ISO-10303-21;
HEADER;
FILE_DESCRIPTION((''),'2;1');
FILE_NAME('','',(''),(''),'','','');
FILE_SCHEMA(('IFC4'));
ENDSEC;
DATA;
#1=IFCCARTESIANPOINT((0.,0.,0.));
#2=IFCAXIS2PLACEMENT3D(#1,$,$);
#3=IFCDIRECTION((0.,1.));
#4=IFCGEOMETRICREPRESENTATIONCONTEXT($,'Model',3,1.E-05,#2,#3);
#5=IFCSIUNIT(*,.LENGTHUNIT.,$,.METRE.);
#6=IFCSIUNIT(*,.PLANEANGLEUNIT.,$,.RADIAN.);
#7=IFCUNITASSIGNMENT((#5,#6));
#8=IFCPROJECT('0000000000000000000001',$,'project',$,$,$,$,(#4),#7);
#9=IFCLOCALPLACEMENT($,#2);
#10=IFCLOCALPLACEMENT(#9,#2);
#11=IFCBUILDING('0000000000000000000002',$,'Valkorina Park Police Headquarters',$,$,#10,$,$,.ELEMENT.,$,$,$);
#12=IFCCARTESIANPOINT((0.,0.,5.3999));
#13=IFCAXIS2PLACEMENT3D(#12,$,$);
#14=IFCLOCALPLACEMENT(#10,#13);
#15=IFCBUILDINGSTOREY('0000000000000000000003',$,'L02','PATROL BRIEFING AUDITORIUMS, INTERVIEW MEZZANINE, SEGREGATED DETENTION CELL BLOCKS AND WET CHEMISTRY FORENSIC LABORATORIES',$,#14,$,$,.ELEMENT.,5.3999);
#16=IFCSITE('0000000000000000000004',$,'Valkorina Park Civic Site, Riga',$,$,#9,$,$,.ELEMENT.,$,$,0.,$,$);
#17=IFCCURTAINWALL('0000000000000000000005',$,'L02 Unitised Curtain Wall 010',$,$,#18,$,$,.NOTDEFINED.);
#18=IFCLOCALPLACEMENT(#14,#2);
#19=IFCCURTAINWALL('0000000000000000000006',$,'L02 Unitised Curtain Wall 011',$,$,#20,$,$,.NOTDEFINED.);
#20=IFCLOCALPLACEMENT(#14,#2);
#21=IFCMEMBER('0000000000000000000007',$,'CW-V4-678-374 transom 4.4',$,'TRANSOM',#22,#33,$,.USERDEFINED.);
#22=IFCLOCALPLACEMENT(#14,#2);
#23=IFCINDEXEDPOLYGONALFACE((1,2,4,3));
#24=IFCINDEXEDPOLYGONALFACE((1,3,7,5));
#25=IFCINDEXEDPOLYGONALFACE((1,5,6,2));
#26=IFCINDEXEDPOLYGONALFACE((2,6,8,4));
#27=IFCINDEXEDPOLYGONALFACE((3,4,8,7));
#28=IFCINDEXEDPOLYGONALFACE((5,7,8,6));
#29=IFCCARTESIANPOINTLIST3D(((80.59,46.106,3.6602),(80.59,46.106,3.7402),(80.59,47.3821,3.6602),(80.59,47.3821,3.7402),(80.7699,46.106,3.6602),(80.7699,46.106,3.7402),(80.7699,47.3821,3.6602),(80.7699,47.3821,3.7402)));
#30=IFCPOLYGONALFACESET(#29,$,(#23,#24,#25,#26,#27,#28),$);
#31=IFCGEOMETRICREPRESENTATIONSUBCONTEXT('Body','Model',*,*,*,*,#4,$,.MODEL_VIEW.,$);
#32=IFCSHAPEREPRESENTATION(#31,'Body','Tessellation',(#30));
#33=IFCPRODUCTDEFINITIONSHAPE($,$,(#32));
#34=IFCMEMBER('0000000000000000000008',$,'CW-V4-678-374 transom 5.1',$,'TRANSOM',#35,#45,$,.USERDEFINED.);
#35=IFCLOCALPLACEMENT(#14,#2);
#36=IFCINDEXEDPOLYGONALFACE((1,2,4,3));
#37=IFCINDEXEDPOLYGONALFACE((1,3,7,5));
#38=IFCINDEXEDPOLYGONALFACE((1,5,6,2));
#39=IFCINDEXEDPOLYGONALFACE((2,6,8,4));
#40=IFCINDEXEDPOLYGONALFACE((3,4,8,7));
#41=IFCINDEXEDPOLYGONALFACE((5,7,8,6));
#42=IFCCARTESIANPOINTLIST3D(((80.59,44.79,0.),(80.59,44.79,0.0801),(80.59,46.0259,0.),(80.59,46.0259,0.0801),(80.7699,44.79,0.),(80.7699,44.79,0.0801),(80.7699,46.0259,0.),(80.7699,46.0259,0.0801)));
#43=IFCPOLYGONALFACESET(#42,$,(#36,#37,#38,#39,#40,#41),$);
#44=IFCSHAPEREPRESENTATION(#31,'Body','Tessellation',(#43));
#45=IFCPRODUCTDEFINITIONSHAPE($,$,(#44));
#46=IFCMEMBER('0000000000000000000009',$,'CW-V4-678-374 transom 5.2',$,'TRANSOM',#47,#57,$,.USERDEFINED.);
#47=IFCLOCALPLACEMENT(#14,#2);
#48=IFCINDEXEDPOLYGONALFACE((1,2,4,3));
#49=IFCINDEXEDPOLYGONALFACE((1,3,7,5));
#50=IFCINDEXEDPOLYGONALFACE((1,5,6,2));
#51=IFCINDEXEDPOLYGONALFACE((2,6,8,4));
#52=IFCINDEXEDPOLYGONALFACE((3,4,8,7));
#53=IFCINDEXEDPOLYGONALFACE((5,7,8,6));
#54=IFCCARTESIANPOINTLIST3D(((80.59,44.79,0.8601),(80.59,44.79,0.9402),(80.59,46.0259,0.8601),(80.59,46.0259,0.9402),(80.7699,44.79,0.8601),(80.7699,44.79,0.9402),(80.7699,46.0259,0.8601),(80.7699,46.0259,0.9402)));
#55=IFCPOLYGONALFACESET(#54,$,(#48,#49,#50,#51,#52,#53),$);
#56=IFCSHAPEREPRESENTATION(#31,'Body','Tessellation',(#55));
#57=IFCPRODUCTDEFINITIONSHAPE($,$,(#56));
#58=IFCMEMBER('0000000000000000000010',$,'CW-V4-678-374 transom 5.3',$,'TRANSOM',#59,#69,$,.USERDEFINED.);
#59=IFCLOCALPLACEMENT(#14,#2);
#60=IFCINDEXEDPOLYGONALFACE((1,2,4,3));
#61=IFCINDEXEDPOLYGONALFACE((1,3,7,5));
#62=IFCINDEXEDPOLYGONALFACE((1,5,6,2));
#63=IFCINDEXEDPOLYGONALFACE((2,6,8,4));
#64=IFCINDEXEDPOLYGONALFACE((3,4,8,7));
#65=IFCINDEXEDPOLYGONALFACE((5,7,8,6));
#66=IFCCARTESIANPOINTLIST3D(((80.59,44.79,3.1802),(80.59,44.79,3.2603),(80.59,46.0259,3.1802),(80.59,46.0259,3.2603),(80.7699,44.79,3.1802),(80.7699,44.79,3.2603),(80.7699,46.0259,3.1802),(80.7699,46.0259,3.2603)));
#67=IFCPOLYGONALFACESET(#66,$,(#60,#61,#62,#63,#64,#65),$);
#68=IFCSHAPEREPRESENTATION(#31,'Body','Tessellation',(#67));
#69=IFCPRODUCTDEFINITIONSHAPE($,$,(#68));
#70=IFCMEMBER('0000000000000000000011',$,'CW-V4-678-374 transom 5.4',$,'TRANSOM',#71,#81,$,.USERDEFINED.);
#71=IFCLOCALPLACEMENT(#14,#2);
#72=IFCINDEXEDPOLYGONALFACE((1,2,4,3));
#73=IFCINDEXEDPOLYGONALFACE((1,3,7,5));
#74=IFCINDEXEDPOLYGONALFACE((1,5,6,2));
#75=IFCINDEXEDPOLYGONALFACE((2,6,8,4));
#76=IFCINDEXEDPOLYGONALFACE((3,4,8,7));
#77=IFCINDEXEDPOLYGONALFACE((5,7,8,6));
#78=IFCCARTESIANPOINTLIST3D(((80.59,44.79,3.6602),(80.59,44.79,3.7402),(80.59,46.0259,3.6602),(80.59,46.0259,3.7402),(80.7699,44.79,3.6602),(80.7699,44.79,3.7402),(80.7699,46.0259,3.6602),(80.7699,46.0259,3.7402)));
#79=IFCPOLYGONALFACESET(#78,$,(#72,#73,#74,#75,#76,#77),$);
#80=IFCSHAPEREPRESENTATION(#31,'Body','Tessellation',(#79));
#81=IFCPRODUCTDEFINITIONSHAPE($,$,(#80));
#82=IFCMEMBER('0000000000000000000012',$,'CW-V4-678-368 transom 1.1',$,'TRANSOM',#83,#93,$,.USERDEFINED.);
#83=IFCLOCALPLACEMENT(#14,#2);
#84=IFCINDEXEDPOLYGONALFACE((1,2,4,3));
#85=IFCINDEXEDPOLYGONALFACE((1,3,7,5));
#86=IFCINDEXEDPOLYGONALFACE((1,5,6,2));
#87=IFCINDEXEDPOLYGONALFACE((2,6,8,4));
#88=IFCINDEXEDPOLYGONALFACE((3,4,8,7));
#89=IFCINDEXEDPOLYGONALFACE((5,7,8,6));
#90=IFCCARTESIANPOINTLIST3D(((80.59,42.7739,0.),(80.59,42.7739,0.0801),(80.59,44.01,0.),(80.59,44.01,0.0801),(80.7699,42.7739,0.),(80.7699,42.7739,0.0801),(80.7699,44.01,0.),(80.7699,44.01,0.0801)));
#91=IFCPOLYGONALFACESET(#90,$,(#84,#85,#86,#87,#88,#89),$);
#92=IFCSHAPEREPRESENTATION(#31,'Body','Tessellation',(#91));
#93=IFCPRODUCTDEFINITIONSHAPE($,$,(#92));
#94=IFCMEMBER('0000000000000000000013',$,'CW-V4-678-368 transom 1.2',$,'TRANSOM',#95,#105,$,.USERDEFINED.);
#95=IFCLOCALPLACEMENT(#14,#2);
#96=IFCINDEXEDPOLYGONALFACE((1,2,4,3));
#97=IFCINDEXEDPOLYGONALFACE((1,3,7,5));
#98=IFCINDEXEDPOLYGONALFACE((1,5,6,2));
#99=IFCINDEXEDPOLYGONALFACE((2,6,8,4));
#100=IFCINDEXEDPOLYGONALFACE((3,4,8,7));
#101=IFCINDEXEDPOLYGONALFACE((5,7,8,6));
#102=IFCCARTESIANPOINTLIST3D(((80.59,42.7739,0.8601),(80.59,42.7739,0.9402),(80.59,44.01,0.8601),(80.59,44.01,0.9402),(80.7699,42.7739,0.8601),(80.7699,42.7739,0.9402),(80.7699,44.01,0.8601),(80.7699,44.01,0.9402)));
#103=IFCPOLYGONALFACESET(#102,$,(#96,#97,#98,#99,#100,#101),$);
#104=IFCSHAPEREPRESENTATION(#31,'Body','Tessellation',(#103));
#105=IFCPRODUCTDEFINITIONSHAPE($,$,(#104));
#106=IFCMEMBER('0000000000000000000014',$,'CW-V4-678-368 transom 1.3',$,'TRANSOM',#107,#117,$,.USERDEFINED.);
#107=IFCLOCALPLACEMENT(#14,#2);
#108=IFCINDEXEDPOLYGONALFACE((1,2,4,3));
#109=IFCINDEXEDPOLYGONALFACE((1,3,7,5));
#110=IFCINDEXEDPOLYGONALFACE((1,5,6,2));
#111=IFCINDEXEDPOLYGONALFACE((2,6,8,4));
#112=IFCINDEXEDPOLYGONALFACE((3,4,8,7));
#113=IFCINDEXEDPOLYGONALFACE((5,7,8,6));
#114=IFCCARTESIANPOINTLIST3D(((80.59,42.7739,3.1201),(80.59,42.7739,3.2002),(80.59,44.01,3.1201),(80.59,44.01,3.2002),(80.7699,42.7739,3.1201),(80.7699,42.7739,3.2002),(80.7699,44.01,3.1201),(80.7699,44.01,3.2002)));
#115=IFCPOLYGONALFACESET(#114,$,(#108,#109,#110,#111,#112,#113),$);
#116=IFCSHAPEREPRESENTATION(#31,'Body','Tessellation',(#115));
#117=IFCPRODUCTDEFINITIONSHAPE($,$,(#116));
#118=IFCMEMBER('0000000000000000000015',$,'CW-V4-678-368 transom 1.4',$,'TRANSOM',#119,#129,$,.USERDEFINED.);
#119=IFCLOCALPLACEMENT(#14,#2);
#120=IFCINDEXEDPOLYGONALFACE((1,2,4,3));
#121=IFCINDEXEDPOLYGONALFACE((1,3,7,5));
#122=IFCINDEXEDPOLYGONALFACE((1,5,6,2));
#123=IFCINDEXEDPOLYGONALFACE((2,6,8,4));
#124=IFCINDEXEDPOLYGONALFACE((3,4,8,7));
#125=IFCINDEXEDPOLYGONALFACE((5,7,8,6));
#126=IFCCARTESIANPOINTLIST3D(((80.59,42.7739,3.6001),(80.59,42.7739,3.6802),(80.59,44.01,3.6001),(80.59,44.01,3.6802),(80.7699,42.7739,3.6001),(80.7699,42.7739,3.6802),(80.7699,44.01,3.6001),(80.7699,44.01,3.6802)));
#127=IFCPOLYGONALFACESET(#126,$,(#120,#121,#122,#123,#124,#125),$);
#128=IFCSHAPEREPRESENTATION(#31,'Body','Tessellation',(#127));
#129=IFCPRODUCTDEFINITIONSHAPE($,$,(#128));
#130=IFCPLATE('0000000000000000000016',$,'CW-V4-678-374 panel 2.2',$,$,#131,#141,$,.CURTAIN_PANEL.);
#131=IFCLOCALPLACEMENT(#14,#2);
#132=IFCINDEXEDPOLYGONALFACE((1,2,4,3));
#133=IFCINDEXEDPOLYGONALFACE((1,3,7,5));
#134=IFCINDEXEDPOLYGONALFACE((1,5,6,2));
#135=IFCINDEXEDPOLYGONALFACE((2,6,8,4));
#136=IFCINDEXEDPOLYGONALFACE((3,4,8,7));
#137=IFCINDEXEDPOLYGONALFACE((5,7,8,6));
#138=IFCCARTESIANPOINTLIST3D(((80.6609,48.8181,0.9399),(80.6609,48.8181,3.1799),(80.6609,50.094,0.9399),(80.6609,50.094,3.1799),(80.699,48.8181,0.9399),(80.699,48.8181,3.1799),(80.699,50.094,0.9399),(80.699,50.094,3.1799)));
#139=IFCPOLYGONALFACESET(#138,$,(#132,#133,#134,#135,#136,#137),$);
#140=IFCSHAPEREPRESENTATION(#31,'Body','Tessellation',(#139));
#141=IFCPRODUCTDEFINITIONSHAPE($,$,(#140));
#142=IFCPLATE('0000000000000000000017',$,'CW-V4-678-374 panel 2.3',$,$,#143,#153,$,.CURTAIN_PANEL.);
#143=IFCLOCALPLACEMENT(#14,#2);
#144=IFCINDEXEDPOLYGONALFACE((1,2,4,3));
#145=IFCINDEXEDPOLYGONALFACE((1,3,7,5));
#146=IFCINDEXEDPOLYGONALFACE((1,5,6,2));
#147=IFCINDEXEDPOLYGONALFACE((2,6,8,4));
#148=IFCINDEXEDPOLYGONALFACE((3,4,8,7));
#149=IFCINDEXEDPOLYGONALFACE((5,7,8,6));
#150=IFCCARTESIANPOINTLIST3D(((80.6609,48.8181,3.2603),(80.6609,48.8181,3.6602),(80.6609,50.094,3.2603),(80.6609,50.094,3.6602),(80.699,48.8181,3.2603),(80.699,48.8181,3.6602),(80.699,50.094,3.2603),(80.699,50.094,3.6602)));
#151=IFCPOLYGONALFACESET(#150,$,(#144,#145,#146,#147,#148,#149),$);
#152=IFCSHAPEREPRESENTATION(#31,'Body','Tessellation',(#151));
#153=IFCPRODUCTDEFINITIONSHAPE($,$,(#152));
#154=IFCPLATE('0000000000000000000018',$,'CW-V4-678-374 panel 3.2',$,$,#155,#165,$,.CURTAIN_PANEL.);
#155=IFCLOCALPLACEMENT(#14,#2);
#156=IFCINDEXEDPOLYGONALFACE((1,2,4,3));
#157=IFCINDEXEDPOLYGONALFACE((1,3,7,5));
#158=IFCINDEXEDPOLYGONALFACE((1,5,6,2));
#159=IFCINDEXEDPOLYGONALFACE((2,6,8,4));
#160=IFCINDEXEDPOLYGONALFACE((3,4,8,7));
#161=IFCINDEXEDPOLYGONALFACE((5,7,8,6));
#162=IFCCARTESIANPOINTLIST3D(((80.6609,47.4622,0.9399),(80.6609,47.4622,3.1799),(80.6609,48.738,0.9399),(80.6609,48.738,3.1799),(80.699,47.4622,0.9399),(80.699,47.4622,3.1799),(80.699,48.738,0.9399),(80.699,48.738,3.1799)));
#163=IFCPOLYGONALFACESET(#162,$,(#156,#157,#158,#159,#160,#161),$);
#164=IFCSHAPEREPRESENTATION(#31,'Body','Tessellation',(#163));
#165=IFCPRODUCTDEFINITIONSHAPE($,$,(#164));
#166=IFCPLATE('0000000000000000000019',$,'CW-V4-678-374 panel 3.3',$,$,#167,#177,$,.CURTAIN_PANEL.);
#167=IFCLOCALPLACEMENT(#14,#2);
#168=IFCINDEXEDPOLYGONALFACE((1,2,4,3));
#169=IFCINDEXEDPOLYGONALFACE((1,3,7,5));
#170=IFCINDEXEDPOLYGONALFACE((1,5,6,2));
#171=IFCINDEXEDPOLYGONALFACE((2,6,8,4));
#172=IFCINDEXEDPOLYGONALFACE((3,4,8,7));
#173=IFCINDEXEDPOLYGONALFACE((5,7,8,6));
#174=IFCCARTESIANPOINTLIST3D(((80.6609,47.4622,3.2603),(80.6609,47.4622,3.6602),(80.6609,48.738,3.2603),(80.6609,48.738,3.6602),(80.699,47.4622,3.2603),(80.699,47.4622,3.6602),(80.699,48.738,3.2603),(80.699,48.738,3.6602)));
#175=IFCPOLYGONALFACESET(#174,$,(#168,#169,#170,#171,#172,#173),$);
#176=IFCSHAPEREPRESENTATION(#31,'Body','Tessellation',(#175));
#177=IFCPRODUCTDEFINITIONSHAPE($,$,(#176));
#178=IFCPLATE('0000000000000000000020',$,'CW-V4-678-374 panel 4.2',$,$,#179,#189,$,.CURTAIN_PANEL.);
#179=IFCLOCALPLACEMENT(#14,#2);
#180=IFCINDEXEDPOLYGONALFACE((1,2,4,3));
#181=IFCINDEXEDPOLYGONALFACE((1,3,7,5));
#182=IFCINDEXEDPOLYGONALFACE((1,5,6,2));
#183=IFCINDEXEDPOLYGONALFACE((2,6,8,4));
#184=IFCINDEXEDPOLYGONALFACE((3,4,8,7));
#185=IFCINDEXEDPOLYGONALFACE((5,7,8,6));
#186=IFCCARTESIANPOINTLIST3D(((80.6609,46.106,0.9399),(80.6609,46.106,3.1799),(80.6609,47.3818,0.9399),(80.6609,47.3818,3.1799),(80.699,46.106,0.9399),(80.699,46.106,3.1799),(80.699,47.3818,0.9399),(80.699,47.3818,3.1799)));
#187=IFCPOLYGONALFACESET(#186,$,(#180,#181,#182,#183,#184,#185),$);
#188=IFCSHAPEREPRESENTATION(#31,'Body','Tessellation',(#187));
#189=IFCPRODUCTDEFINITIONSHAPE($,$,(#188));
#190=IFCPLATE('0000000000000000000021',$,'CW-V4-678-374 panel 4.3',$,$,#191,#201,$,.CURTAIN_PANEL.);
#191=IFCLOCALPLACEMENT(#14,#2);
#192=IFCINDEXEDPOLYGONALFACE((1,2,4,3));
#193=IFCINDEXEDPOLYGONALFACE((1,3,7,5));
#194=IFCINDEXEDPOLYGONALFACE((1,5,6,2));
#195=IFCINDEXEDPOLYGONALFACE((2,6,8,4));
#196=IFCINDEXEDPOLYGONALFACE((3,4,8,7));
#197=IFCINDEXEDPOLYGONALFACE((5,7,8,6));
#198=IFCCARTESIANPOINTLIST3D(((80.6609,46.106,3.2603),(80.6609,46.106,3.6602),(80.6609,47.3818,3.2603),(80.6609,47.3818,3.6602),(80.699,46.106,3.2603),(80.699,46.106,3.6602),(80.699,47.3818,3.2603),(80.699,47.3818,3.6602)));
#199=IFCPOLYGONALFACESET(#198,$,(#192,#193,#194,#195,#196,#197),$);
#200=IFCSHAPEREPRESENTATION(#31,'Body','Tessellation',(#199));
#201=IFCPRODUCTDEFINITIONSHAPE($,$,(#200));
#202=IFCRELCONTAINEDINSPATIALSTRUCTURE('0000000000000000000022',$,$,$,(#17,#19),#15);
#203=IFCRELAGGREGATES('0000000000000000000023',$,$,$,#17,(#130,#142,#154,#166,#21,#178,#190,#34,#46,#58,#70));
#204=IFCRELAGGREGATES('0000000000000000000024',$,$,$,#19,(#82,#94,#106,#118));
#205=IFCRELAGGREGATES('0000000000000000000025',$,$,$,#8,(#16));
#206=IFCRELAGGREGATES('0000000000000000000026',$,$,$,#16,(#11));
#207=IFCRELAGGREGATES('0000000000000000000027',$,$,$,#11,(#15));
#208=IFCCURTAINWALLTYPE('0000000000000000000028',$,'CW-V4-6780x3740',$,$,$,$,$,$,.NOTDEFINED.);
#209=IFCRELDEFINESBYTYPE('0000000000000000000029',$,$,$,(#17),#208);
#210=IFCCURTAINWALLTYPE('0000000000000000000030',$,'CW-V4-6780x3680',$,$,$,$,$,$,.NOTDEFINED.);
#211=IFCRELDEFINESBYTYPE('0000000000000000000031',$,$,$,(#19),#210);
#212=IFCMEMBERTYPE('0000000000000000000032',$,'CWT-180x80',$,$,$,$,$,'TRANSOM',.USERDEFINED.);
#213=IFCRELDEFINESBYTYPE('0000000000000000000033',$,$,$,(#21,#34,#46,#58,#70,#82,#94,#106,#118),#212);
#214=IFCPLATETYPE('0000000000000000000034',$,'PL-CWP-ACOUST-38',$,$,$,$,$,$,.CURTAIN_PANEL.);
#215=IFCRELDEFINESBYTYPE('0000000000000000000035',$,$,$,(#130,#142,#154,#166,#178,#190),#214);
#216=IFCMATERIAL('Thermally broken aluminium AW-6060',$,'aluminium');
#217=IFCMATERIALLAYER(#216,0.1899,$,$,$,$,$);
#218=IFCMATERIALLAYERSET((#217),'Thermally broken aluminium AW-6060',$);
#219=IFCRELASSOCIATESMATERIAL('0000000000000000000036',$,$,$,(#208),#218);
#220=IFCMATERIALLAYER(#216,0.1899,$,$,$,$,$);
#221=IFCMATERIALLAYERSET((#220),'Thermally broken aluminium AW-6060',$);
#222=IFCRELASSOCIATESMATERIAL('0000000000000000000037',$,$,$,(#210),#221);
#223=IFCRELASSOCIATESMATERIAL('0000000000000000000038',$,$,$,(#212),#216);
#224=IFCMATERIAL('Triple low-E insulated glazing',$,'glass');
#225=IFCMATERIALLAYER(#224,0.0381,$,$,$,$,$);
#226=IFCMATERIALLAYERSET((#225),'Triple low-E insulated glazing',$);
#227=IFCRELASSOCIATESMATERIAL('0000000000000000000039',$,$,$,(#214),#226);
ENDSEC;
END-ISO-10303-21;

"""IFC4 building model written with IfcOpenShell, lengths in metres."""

from ifc_helpers import new_model, si_unit, direction, frame, origin, origin_2d, place, context, subcontext, project, spatial, rectangle, extrude, material, layer, layer_set, material_profile, profile_set, type_object, element, aggregate, save


model = new_model("IFC4")

# Units and contexts
model_context = context("Model", 3, precision=1e-05, world=origin(), true_north=direction((0.0, 1.0)))
body_context = subcontext(model_context, "Body", "Model", "MODEL_VIEW")
ifc_project = project(units=[si_unit("LENGTHUNIT", "METRE"), si_unit("PLANEANGLEUNIT", "RADIAN")], contexts=[model_context])

# Site, building, storey
site_placement = place(None, origin())
site = spatial("IfcSite", under=ifc_project, at=site_placement, Name="Valkorina Park Civic Site, Riga", CompositionType="ELEMENT", RefElevation=0.0)
building_placement = place(site_placement, origin())
building = spatial("IfcBuilding", under=site, at=building_placement, Name="Valkorina Park Police Headquarters", CompositionType="ELEMENT")
storey_placement = place(building_placement, frame((0.0, 0.0, 5.3999)))
storey = spatial("IfcBuildingStorey", under=building, at=storey_placement, Name="L02", Description="PATROL BRIEFING AUDITORIUMS, INTERVIEW MEZZANINE, SEGREGATED DETENTION CELL BLOCKS AND WET CHEMISTRY FORENSIC LABORATORIES", CompositionType="ELEMENT", Elevation=5.3999)

# Curtain walls
ifc_material_1 = material(Name="Thermally broken aluminium AW-6060", Category="aluminium")
ifc_layer_1 = layer(ifc_material_1, 0.1899)
ifc_layer_set_1 = layer_set([ifc_layer_1], Name="Thermally broken aluminium AW-6060")
curtain_wall_type_1 = type_object("IfcCurtainWallType", Name="CW-V4-6780x3740", PredefinedType="NOTDEFINED", material=ifc_layer_set_1)
curtain_wall_1_placement = place(storey_placement, origin())
curtain_wall_1 = element("IfcCurtainWall", 1, at=curtain_wall_1_placement, inside=storey, type_object=curtain_wall_type_1, Name="L02 Unitised Curtain Wall 010", PredefinedType="NOTDEFINED")
ifc_layer_2 = layer(ifc_material_1, 0.1899)
ifc_layer_set_2 = layer_set([ifc_layer_2], Name="Thermally broken aluminium AW-6060")
curtain_wall_type_2 = type_object("IfcCurtainWallType", Name="CW-V4-6780x3680", PredefinedType="NOTDEFINED", material=ifc_layer_set_2)
curtain_wall_2_placement = place(storey_placement, origin())
curtain_wall_2 = element("IfcCurtainWall", 2, at=curtain_wall_2_placement, inside=storey, type_object=curtain_wall_type_2, Name="L02 Unitised Curtain Wall 011", PredefinedType="NOTDEFINED")

# Members
ifc_material_profile_1 = material_profile(ifc_material_1, rectangle(XDim=0.1799, YDim=0.0801, at=origin_2d()), Name="CWT-03 180x80")
ifc_profile_set_1 = profile_set([ifc_material_profile_1], Name="Thermally broken aluminium AW-6060")
member_type_1 = type_object("IfcMemberType", Name="CWT-180x80", ElementType="TRANSOM", PredefinedType="USERDEFINED", material=ifc_profile_set_1)
member_1_placement = place(storey_placement, frame((80.6799, 47.3821, 3.7002), z_axis=(0.0, -1.0, 0.0), x_axis=(1.0, 0.0, 0.0)))
member_1 = element("IfcMember", 3, at=member_1_placement, type_object=member_type_1, Name="CW-V4-678-374 transom 4.4", ObjectType="TRANSOM", PredefinedType="USERDEFINED", context=body_context, shape_type="SweptSolid", body=[
    extrude(rectangle(XDim=0.1799, YDim=0.0801, at=origin_2d()), origin(), (0.0, 0.0, 1.0), 1.2761),
])
member_2_placement = place(storey_placement, frame((80.6799, 46.0259, 0.04), z_axis=(0.0, -1.0, 0.0), x_axis=(1.0, 0.0, 0.0)))
member_2 = element("IfcMember", 4, at=member_2_placement, type_object=member_type_1, Name="CW-V4-678-374 transom 5.1", ObjectType="TRANSOM", PredefinedType="USERDEFINED", context=body_context, shape_type="SweptSolid", body=[
    extrude(rectangle(XDim=0.1799, YDim=0.0801, at=origin_2d()), origin(), (0.0, 0.0, 1.0), 1.2358),
])
member_3_placement = place(storey_placement, frame((80.6799, 46.0259, 0.9001), z_axis=(0.0, -1.0, 0.0), x_axis=(1.0, 0.0, 0.0)))
member_3 = element("IfcMember", 5, at=member_3_placement, type_object=member_type_1, Name="CW-V4-678-374 transom 5.2", ObjectType="TRANSOM", PredefinedType="USERDEFINED", context=body_context, shape_type="SweptSolid", body=[
    extrude(rectangle(XDim=0.1799, YDim=0.0801, at=origin_2d()), origin(), (0.0, 0.0, 1.0), 1.2358),
])
member_4_placement = place(storey_placement, frame((80.6799, 46.0259, 3.2202), z_axis=(0.0, -1.0, 0.0), x_axis=(1.0, 0.0, 0.0)))
member_4 = element("IfcMember", 6, at=member_4_placement, type_object=member_type_1, Name="CW-V4-678-374 transom 5.3", ObjectType="TRANSOM", PredefinedType="USERDEFINED", context=body_context, shape_type="SweptSolid", body=[
    extrude(rectangle(XDim=0.1799, YDim=0.0801, at=origin_2d()), origin(), (0.0, 0.0, 1.0), 1.2358),
])
member_5_placement = place(storey_placement, frame((80.6799, 46.0259, 3.7002), z_axis=(0.0, -1.0, 0.0), x_axis=(1.0, 0.0, 0.0)))
member_5 = element("IfcMember", 7, at=member_5_placement, type_object=member_type_1, Name="CW-V4-678-374 transom 5.4", ObjectType="TRANSOM", PredefinedType="USERDEFINED", context=body_context, shape_type="SweptSolid", body=[
    extrude(rectangle(XDim=0.1799, YDim=0.0801, at=origin_2d()), origin(), (0.0, 0.0, 1.0), 1.2358),
])
member_6_placement = place(storey_placement, frame((80.6799, 44.01, 0.04), z_axis=(0.0, -1.0, 0.0), x_axis=(1.0, 0.0, 0.0)))
member_6 = element("IfcMember", 8, at=member_6_placement, type_object=member_type_1, Name="CW-V4-678-368 transom 1.1", ObjectType="TRANSOM", PredefinedType="USERDEFINED", context=body_context, shape_type="SweptSolid", body=[
    extrude(rectangle(XDim=0.1799, YDim=0.0801, at=origin_2d()), origin(), (0.0, 0.0, 1.0), 1.2361),
])
member_7_placement = place(storey_placement, frame((80.6799, 44.01, 0.9001), z_axis=(0.0, -1.0, 0.0), x_axis=(1.0, 0.0, 0.0)))
member_7 = element("IfcMember", 9, at=member_7_placement, type_object=member_type_1, Name="CW-V4-678-368 transom 1.2", ObjectType="TRANSOM", PredefinedType="USERDEFINED", context=body_context, shape_type="SweptSolid", body=[
    extrude(rectangle(XDim=0.1799, YDim=0.0801, at=origin_2d()), origin(), (0.0, 0.0, 1.0), 1.2361),
])
member_8_placement = place(storey_placement, frame((80.6799, 44.01, 3.1602), z_axis=(0.0, -1.0, 0.0), x_axis=(1.0, 0.0, 0.0)))
member_8 = element("IfcMember", 10, at=member_8_placement, type_object=member_type_1, Name="CW-V4-678-368 transom 1.3", ObjectType="TRANSOM", PredefinedType="USERDEFINED", context=body_context, shape_type="SweptSolid", body=[
    extrude(rectangle(XDim=0.1799, YDim=0.0801, at=origin_2d()), origin(), (0.0, 0.0, 1.0), 1.2361),
])
member_9_placement = place(storey_placement, frame((80.6799, 44.01, 3.6401), z_axis=(0.0, -1.0, 0.0), x_axis=(1.0, 0.0, 0.0)))
member_9 = element("IfcMember", 11, at=member_9_placement, type_object=member_type_1, Name="CW-V4-678-368 transom 1.4", ObjectType="TRANSOM", PredefinedType="USERDEFINED", context=body_context, shape_type="SweptSolid", body=[
    extrude(rectangle(XDim=0.1799, YDim=0.0801, at=origin_2d()), origin(), (0.0, 0.0, 1.0), 1.2361),
])

# Plates
ifc_material_2 = material(Name="Triple low-E insulated glazing", Category="glass")
ifc_layer_3 = layer(ifc_material_2, 0.0381)
ifc_layer_set_3 = layer_set([ifc_layer_3], Name="Triple low-E insulated glazing")
plate_type_1 = type_object("IfcPlateType", Name="PL-CWP-ACOUST-38", PredefinedType="CURTAIN_PANEL", material=ifc_layer_set_3)
plate_1_placement = place(storey_placement, frame((80.6799, 49.4561, 0.9399), z_axis=(0.0, 0.0, 1.0), x_axis=(0.0, -1.0, 0.0)))
plate_1 = element("IfcPlate", 12, at=plate_1_placement, type_object=plate_type_1, Name="CW-V4-678-374 panel 2.2", PredefinedType="CURTAIN_PANEL", context=body_context, shape_type="SweptSolid", body=[
    extrude(rectangle(XDim=1.2759, YDim=0.0381, at=origin_2d()), origin(), (0.0, 0.0, 1.0), 2.24),
])
plate_2_placement = place(storey_placement, frame((80.6799, 49.4561, 3.2603), z_axis=(0.0, 0.0, 1.0), x_axis=(0.0, -1.0, 0.0)))
plate_2 = element("IfcPlate", 13, at=plate_2_placement, type_object=plate_type_1, Name="CW-V4-678-374 panel 2.3", PredefinedType="CURTAIN_PANEL", context=body_context, shape_type="SweptSolid", body=[
    extrude(rectangle(XDim=1.2759, YDim=0.0381, at=origin_2d()), origin(), (0.0, 0.0, 1.0), 0.3999),
])
plate_3_placement = place(storey_placement, frame((80.6799, 48.1001, 0.9399), z_axis=(0.0, 0.0, 1.0), x_axis=(0.0, -1.0, 0.0)))
plate_3 = element("IfcPlate", 14, at=plate_3_placement, type_object=plate_type_1, Name="CW-V4-678-374 panel 3.2", PredefinedType="CURTAIN_PANEL", context=body_context, shape_type="SweptSolid", body=[
    extrude(rectangle(XDim=1.2759, YDim=0.0381, at=origin_2d()), origin(), (0.0, 0.0, 1.0), 2.24),
])
plate_4_placement = place(storey_placement, frame((80.6799, 48.1001, 3.2603), z_axis=(0.0, 0.0, 1.0), x_axis=(0.0, -1.0, 0.0)))
plate_4 = element("IfcPlate", 15, at=plate_4_placement, type_object=plate_type_1, Name="CW-V4-678-374 panel 3.3", PredefinedType="CURTAIN_PANEL", context=body_context, shape_type="SweptSolid", body=[
    extrude(rectangle(XDim=1.2759, YDim=0.0381, at=origin_2d()), origin(), (0.0, 0.0, 1.0), 0.3999),
])
plate_5_placement = place(storey_placement, frame((80.6799, 46.7439, 0.9399), z_axis=(0.0, 0.0, 1.0), x_axis=(0.0, -1.0, 0.0)))
plate_5 = element("IfcPlate", 16, at=plate_5_placement, type_object=plate_type_1, Name="CW-V4-678-374 panel 4.2", PredefinedType="CURTAIN_PANEL", context=body_context, shape_type="SweptSolid", body=[
    extrude(rectangle(XDim=1.2759, YDim=0.0381, at=origin_2d()), origin(), (0.0, 0.0, 1.0), 2.24),
])
plate_6_placement = place(storey_placement, frame((80.6799, 46.7439, 3.2603), z_axis=(0.0, 0.0, 1.0), x_axis=(0.0, -1.0, 0.0)))
plate_6 = element("IfcPlate", 17, at=plate_6_placement, type_object=plate_type_1, Name="CW-V4-678-374 panel 4.3", PredefinedType="CURTAIN_PANEL", context=body_context, shape_type="SweptSolid", body=[
    extrude(rectangle(XDim=1.2759, YDim=0.0381, at=origin_2d()), origin(), (0.0, 0.0, 1.0), 0.3999),
])
aggregate(curtain_wall_1, [plate_1, plate_2, plate_3, plate_4, member_1, plate_5, plate_6, member_2, member_3, member_4, member_5])
aggregate(curtain_wall_2, [member_6, member_7, member_8, member_9])

save(model, "model.ifc")
